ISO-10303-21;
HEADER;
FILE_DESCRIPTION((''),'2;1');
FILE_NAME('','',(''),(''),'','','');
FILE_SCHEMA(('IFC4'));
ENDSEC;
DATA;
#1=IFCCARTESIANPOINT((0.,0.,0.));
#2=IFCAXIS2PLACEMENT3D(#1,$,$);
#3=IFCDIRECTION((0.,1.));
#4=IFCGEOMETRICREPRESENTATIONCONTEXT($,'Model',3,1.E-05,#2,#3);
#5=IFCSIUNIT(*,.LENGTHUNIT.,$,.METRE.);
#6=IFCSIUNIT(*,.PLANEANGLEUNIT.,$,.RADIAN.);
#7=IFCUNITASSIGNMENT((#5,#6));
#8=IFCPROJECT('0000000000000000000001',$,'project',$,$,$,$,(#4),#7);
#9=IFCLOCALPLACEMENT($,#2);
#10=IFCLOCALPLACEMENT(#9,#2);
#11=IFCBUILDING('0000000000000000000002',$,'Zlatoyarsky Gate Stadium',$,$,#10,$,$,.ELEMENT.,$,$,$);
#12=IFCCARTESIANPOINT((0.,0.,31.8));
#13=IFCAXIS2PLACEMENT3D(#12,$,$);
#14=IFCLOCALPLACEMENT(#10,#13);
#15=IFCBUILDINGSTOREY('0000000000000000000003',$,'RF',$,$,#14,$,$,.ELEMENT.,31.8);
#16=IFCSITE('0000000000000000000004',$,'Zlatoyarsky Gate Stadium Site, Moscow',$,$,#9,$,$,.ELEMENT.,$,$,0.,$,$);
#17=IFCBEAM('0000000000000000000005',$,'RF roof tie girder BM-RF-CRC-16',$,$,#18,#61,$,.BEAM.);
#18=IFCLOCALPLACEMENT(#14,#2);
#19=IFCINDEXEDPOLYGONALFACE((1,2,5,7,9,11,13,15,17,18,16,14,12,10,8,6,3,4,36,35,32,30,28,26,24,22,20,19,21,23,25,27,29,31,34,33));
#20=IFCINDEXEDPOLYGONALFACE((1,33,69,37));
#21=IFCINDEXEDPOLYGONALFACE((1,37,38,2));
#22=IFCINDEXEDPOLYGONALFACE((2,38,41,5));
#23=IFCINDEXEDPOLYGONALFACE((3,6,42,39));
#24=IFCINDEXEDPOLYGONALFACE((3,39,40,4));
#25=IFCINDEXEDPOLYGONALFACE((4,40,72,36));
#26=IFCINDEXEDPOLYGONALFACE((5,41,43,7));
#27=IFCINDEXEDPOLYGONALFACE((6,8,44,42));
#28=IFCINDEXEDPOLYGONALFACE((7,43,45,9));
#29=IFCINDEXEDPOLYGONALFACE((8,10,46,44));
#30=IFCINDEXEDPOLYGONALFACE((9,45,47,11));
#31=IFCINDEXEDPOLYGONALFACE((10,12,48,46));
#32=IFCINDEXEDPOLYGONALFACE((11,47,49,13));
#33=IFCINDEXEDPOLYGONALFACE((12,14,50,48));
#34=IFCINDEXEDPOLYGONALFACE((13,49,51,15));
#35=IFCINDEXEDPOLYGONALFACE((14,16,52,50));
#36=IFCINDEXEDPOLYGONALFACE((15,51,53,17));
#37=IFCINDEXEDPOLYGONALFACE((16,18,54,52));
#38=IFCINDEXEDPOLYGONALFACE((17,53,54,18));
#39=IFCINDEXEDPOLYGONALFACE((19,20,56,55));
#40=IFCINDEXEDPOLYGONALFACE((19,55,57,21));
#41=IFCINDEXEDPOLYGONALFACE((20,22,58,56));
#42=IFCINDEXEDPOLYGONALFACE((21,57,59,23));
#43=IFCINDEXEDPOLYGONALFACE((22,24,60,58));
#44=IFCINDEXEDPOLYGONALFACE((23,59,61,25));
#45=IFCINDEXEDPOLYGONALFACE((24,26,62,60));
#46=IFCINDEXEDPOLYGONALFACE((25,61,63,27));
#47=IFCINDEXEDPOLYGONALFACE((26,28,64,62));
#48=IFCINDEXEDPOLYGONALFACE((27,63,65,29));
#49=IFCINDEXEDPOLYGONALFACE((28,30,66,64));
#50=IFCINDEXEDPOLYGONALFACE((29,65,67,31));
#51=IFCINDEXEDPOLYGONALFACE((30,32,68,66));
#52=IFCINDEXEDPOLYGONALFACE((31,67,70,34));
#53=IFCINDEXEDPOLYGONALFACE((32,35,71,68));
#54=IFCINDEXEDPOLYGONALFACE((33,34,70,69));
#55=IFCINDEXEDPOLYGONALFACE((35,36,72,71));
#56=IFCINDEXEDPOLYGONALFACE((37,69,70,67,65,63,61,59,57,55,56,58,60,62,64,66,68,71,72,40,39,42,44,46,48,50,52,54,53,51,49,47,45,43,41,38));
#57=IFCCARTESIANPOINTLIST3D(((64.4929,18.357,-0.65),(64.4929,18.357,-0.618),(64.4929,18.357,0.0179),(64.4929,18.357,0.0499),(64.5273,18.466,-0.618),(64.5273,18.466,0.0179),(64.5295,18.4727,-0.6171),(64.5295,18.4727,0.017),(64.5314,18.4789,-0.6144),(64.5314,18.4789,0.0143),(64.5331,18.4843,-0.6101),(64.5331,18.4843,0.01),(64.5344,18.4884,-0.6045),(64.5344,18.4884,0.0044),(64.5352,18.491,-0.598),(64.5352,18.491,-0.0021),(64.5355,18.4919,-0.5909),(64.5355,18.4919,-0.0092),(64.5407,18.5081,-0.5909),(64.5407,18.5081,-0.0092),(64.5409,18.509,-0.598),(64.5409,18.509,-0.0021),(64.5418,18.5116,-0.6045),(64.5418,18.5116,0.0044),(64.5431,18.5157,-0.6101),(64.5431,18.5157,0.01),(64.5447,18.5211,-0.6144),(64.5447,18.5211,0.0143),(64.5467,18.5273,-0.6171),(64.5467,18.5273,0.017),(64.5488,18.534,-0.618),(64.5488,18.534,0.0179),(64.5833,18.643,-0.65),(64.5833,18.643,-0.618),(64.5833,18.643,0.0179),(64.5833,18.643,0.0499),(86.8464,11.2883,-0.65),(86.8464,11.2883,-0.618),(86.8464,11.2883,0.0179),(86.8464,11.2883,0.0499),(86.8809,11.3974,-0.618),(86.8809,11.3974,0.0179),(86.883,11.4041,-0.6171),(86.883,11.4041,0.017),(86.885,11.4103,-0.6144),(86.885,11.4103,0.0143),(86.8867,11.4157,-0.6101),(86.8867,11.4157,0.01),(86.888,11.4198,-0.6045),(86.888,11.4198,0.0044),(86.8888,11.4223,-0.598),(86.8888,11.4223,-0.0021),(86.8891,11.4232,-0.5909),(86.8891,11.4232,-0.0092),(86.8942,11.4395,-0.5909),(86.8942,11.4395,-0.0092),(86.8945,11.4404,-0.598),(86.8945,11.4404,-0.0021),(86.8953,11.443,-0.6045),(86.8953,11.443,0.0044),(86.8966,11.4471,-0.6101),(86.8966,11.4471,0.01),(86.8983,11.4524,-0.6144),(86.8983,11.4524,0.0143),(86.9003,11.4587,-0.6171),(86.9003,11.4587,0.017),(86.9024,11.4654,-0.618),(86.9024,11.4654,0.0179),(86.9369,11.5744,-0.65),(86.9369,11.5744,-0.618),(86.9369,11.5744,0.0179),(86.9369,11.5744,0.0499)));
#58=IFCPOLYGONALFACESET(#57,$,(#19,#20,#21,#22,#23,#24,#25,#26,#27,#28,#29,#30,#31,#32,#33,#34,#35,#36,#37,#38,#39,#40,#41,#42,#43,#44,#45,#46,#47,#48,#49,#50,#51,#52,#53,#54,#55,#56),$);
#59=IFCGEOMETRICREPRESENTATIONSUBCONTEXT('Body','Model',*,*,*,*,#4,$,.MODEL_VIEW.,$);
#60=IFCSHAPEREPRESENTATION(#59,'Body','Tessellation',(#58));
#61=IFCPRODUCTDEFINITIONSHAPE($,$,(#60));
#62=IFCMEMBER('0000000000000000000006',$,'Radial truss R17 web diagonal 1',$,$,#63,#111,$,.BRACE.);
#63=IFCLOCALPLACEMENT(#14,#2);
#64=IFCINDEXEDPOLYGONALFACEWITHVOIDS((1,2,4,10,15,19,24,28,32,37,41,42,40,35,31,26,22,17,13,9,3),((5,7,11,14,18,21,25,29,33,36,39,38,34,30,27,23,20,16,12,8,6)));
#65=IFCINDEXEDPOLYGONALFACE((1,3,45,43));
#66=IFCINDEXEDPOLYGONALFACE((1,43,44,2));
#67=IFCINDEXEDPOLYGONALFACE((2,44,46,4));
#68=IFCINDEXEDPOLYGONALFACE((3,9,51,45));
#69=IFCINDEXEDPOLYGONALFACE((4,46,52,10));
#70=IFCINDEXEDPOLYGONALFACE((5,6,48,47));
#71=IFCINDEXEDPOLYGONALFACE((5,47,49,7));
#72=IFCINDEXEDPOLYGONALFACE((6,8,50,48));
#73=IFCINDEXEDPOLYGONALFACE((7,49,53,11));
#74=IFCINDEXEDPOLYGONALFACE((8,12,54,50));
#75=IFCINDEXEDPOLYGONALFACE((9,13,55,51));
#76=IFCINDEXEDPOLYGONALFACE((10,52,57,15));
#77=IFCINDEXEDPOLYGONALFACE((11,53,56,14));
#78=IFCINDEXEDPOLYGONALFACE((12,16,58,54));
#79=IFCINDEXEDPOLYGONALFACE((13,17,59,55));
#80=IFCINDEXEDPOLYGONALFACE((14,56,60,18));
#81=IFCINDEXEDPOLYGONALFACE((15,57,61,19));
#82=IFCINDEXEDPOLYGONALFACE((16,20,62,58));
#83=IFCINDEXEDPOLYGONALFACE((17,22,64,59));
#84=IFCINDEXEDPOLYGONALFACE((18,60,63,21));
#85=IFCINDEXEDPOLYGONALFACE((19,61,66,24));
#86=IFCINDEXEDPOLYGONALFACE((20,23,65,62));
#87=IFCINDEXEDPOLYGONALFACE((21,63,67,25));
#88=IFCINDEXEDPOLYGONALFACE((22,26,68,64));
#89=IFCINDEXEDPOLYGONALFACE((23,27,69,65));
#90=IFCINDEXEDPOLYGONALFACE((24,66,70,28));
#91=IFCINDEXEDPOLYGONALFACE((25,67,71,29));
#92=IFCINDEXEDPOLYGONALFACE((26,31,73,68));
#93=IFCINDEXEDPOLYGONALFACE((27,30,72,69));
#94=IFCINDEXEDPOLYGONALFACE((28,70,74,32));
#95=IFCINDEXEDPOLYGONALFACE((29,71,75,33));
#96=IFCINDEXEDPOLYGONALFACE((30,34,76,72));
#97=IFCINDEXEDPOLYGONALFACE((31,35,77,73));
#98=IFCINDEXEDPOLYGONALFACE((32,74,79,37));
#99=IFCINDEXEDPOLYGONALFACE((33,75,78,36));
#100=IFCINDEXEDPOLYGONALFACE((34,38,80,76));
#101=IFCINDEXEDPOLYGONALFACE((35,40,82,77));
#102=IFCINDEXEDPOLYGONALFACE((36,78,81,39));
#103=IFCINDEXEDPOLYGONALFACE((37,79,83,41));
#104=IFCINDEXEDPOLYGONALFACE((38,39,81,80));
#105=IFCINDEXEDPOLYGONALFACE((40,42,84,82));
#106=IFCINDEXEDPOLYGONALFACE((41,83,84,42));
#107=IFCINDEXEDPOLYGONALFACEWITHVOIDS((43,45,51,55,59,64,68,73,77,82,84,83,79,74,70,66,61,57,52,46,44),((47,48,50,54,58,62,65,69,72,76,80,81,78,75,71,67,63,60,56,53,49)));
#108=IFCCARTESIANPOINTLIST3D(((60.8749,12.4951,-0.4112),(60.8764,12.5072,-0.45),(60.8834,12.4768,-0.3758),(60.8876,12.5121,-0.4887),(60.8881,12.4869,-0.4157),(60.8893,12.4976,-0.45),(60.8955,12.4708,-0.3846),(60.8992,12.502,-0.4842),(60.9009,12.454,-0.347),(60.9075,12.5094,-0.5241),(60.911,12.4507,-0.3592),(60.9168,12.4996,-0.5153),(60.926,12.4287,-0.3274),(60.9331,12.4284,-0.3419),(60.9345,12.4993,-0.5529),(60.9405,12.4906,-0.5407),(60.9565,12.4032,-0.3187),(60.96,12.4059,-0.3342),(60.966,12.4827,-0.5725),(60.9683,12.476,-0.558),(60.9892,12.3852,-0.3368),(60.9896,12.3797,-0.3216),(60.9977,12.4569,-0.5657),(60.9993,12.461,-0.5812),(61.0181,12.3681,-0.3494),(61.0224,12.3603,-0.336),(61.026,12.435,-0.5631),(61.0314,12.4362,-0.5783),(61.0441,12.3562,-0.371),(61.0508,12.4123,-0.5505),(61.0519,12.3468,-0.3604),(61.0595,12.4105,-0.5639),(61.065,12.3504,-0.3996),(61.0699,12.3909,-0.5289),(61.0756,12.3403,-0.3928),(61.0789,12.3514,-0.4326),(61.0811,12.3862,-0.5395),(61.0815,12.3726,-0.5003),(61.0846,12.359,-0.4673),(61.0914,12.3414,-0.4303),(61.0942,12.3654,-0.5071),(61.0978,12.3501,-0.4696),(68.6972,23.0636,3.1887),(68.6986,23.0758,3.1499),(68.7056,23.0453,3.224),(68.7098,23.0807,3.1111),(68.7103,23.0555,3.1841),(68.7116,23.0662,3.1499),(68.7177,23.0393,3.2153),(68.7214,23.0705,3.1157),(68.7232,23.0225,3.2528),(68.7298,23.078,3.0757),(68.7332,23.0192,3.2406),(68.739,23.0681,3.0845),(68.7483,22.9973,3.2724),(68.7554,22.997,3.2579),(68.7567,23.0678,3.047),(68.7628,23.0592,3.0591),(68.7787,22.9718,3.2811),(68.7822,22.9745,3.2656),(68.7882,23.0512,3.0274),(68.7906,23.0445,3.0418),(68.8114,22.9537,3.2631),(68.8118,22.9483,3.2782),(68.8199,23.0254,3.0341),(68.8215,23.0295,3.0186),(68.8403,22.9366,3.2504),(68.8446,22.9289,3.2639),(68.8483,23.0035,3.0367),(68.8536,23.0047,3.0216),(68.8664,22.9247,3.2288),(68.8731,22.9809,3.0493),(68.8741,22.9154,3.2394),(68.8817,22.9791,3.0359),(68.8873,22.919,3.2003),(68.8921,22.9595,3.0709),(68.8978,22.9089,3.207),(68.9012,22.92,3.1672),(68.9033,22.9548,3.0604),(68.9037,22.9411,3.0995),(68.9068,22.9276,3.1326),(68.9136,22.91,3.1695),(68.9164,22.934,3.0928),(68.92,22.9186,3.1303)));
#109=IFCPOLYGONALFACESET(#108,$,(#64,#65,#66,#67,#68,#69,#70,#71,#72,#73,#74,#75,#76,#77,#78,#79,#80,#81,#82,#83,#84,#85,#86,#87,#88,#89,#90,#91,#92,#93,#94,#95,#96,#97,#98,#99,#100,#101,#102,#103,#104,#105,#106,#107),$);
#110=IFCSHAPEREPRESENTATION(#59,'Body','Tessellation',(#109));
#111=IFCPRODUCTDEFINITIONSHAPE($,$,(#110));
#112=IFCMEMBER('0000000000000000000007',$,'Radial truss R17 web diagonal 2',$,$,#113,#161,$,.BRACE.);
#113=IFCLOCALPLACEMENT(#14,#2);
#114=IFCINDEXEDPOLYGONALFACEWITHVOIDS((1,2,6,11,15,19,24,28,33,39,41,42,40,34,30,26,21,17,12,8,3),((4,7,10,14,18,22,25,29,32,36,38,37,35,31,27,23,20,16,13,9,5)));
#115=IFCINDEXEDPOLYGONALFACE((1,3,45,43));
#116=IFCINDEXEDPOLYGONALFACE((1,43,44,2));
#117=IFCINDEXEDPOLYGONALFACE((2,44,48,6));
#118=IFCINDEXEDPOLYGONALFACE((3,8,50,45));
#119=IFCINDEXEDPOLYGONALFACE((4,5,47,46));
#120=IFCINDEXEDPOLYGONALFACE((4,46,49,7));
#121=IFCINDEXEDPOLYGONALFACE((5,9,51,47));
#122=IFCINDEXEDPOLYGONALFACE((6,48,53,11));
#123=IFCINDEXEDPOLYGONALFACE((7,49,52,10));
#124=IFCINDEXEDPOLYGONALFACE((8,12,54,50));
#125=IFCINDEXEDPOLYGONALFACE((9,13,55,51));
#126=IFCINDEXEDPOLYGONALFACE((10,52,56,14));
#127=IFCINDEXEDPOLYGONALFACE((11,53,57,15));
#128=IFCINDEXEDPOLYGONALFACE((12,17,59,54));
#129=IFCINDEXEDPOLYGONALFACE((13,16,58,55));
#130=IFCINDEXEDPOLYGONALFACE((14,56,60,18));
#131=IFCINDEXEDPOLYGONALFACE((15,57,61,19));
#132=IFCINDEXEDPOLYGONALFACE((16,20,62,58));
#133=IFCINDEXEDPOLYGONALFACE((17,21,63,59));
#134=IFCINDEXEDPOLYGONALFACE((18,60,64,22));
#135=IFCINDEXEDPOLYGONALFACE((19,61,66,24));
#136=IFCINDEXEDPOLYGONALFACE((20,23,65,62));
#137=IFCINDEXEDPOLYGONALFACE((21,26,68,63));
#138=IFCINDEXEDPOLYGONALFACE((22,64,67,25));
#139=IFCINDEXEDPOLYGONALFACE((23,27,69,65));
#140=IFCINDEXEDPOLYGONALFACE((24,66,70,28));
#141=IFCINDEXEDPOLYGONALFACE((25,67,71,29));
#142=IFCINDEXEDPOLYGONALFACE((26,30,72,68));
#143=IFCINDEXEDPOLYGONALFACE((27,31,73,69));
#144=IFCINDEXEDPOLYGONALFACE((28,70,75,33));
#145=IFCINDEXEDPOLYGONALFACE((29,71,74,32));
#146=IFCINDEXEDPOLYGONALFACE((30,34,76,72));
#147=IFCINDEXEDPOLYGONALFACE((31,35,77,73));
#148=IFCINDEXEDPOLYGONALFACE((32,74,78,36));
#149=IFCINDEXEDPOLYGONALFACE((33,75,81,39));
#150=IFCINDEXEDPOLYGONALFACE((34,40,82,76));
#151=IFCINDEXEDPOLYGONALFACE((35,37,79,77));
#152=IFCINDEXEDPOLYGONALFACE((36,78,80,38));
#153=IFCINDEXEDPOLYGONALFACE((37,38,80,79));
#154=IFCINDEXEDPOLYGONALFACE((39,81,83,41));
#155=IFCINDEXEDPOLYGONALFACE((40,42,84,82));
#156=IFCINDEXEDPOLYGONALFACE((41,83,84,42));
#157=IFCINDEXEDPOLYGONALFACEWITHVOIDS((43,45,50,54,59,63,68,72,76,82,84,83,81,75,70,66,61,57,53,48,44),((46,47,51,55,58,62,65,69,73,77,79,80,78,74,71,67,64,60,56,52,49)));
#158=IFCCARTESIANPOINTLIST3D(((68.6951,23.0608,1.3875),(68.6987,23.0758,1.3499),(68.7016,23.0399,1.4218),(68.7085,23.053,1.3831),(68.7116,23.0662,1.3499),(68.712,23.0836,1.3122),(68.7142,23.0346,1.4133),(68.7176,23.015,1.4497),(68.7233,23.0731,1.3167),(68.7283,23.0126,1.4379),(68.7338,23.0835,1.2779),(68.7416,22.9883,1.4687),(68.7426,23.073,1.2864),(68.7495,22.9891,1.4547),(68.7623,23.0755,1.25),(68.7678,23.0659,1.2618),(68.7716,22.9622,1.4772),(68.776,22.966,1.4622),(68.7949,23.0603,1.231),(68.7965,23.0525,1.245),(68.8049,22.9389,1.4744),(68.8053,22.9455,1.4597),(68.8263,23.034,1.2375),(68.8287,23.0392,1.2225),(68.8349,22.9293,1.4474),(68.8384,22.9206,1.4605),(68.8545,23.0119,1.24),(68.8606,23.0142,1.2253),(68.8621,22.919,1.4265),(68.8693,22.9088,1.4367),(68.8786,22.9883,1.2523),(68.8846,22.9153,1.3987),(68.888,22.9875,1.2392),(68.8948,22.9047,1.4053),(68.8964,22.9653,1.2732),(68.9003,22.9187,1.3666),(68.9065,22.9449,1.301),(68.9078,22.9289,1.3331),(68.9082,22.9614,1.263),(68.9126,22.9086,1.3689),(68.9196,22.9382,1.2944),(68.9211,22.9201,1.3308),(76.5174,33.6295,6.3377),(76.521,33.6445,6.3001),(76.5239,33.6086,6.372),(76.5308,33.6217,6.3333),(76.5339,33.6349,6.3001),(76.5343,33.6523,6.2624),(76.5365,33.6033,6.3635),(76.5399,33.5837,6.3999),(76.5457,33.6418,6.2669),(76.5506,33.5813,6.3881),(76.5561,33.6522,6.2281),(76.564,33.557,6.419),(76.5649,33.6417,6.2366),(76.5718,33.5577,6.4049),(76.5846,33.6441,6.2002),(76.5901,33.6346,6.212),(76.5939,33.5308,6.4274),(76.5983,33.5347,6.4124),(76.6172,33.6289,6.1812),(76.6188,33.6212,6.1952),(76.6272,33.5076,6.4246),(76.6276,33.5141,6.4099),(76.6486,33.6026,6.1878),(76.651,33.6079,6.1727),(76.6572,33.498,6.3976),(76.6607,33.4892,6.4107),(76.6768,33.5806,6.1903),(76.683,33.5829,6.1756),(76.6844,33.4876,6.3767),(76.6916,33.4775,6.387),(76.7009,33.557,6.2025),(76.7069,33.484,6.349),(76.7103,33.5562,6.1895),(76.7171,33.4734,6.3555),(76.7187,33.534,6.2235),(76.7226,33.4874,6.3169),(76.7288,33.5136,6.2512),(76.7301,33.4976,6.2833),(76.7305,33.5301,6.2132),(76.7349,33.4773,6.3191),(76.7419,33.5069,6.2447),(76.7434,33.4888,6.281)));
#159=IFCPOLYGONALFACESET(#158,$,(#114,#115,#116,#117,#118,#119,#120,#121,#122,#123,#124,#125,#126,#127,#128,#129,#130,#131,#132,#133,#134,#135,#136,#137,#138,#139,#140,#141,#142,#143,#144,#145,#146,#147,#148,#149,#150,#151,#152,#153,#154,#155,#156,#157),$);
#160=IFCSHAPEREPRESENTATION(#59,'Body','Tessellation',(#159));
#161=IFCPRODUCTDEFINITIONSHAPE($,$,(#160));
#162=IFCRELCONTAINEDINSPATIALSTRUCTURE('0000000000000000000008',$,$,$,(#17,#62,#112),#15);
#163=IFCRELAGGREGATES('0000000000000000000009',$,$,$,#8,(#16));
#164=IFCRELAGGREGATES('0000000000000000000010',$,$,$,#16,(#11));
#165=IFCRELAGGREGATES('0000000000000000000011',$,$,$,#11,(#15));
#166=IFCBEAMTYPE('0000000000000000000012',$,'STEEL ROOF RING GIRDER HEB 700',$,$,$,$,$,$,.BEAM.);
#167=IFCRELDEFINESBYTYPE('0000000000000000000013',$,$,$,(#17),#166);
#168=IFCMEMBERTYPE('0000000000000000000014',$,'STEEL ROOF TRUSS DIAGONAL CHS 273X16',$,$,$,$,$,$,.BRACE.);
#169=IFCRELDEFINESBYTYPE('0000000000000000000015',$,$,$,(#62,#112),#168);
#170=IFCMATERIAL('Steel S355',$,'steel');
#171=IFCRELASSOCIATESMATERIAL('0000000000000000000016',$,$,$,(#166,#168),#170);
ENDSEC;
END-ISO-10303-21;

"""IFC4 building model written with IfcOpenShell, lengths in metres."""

from ifc_helpers import new_model, si_unit, direction, frame, origin, origin_2d, place, context, subcontext, project, spatial, hollow_circle, i_section, extrude, material, material_profile, profile_set, type_object, element, save


model = new_model("IFC4")

# Units and contexts
model_context = context("Model", 3, precision=1e-05, world=origin(), true_north=direction((0.0, 1.0)))
body_context = subcontext(model_context, "Body", "Model", "MODEL_VIEW")
ifc_project = project(units=[si_unit("LENGTHUNIT", "METRE"), si_unit("PLANEANGLEUNIT", "RADIAN")], contexts=[model_context])

# Site, building, storey
site_placement = place(None, origin())
site = spatial("IfcSite", under=ifc_project, at=site_placement, Name="Zlatoyarsky Gate Stadium Site, Moscow", CompositionType="ELEMENT", RefElevation=0.0)
building_placement = place(site_placement, origin())
building = spatial("IfcBuilding", under=site, at=building_placement, Name="Zlatoyarsky Gate Stadium", CompositionType="ELEMENT")
storey_placement = place(building_placement, frame((0.0, 0.0, 31.8)))
storey = spatial("IfcBuildingStorey", under=building, at=storey_placement, Name="RF", CompositionType="ELEMENT", Elevation=31.8)

# Shared definitions
ifc_material_1 = material(Name="Steel S355", Category="steel")

# Beam
ifc_material_profile_1 = material_profile(ifc_material_1, i_section(OverallWidth=0.3, OverallDepth=0.7, WebThickness=0.0171, FlangeThickness=0.032, FilletRadius=0.0271, at=origin_2d()), Name="HEB 700")
ifc_profile_set_1 = profile_set([ifc_material_profile_1], Name="Steel S355")
beam_type = type_object("IfcBeamType", Name="STEEL ROOF RING GIRDER HEB 700", PredefinedType="BEAM", material=ifc_profile_set_1)
beam_1_placement = place(storey_placement, frame((64.5381, 18.5, -0.3), z_axis=(0.953465, -0.301504, 0.0), x_axis=(0.301504, 0.953465, 0.0)))
element("IfcBeam", 1, at=beam_1_placement, inside=storey, type_object=beam_type, Name="RF roof tie girder BM-RF-CRC-16", PredefinedType="BEAM", context=body_context, shape_type="SweptSolid", body=[
    extrude(i_section(OverallWidth=0.3, OverallDepth=0.7, WebThickness=0.0171, FlangeThickness=0.032, FilletRadius=0.0271, at=origin_2d()), origin(), (0.0, 0.0, 1.0), 23.4446),
])

# Members
ifc_material_profile_2 = material_profile(ifc_material_1, hollow_circle(Radius=0.1365, WallThickness=0.0161, at=origin_2d()), Name="CHS 273X16")
ifc_profile_set_2 = profile_set([ifc_material_profile_2], Name="Steel S355")
member_type_1 = type_object("IfcMemberType", Name="STEEL ROOF TRUSS DIAGONAL CHS 273X16", PredefinedType="BRACE", material=ifc_profile_set_2)
member_1_placement = place(storey_placement, frame((60.9861, 12.426, -0.45), z_axis=(0.5738, 0.775257, 0.264066), x_axis=(-0.803787, 0.594917, 0.0)))
element("IfcMember", 2, at=member_1_placement, inside=storey, type_object=member_type_1, Name="Radial truss R17 web diagonal 1", PredefinedType="BRACE", context=body_context, shape_type="SweptSolid", body=[
    extrude(hollow_circle(Radius=0.1365, WallThickness=0.0161, at=origin_2d()), origin(), (0.0, 0.0, 1.0), 13.6323),
])
member_2_placement = place(storey_placement, frame((68.8083, 22.9946, 1.3499), z_axis=(0.556766, 0.752242, 0.35234), x_axis=(-0.803787, 0.594917, 0.0)))
element("IfcMember", 3, at=member_2_placement, inside=storey, type_object=member_type_1, Name="Radial truss R17 web diagonal 2", PredefinedType="BRACE", context=body_context, shape_type="SweptSolid", body=[
    extrude(hollow_circle(Radius=0.1365, WallThickness=0.0161, at=origin_2d()), origin(), (0.0, 0.0, 1.0), 14.0496),
])

save(model, "model.ifc")
